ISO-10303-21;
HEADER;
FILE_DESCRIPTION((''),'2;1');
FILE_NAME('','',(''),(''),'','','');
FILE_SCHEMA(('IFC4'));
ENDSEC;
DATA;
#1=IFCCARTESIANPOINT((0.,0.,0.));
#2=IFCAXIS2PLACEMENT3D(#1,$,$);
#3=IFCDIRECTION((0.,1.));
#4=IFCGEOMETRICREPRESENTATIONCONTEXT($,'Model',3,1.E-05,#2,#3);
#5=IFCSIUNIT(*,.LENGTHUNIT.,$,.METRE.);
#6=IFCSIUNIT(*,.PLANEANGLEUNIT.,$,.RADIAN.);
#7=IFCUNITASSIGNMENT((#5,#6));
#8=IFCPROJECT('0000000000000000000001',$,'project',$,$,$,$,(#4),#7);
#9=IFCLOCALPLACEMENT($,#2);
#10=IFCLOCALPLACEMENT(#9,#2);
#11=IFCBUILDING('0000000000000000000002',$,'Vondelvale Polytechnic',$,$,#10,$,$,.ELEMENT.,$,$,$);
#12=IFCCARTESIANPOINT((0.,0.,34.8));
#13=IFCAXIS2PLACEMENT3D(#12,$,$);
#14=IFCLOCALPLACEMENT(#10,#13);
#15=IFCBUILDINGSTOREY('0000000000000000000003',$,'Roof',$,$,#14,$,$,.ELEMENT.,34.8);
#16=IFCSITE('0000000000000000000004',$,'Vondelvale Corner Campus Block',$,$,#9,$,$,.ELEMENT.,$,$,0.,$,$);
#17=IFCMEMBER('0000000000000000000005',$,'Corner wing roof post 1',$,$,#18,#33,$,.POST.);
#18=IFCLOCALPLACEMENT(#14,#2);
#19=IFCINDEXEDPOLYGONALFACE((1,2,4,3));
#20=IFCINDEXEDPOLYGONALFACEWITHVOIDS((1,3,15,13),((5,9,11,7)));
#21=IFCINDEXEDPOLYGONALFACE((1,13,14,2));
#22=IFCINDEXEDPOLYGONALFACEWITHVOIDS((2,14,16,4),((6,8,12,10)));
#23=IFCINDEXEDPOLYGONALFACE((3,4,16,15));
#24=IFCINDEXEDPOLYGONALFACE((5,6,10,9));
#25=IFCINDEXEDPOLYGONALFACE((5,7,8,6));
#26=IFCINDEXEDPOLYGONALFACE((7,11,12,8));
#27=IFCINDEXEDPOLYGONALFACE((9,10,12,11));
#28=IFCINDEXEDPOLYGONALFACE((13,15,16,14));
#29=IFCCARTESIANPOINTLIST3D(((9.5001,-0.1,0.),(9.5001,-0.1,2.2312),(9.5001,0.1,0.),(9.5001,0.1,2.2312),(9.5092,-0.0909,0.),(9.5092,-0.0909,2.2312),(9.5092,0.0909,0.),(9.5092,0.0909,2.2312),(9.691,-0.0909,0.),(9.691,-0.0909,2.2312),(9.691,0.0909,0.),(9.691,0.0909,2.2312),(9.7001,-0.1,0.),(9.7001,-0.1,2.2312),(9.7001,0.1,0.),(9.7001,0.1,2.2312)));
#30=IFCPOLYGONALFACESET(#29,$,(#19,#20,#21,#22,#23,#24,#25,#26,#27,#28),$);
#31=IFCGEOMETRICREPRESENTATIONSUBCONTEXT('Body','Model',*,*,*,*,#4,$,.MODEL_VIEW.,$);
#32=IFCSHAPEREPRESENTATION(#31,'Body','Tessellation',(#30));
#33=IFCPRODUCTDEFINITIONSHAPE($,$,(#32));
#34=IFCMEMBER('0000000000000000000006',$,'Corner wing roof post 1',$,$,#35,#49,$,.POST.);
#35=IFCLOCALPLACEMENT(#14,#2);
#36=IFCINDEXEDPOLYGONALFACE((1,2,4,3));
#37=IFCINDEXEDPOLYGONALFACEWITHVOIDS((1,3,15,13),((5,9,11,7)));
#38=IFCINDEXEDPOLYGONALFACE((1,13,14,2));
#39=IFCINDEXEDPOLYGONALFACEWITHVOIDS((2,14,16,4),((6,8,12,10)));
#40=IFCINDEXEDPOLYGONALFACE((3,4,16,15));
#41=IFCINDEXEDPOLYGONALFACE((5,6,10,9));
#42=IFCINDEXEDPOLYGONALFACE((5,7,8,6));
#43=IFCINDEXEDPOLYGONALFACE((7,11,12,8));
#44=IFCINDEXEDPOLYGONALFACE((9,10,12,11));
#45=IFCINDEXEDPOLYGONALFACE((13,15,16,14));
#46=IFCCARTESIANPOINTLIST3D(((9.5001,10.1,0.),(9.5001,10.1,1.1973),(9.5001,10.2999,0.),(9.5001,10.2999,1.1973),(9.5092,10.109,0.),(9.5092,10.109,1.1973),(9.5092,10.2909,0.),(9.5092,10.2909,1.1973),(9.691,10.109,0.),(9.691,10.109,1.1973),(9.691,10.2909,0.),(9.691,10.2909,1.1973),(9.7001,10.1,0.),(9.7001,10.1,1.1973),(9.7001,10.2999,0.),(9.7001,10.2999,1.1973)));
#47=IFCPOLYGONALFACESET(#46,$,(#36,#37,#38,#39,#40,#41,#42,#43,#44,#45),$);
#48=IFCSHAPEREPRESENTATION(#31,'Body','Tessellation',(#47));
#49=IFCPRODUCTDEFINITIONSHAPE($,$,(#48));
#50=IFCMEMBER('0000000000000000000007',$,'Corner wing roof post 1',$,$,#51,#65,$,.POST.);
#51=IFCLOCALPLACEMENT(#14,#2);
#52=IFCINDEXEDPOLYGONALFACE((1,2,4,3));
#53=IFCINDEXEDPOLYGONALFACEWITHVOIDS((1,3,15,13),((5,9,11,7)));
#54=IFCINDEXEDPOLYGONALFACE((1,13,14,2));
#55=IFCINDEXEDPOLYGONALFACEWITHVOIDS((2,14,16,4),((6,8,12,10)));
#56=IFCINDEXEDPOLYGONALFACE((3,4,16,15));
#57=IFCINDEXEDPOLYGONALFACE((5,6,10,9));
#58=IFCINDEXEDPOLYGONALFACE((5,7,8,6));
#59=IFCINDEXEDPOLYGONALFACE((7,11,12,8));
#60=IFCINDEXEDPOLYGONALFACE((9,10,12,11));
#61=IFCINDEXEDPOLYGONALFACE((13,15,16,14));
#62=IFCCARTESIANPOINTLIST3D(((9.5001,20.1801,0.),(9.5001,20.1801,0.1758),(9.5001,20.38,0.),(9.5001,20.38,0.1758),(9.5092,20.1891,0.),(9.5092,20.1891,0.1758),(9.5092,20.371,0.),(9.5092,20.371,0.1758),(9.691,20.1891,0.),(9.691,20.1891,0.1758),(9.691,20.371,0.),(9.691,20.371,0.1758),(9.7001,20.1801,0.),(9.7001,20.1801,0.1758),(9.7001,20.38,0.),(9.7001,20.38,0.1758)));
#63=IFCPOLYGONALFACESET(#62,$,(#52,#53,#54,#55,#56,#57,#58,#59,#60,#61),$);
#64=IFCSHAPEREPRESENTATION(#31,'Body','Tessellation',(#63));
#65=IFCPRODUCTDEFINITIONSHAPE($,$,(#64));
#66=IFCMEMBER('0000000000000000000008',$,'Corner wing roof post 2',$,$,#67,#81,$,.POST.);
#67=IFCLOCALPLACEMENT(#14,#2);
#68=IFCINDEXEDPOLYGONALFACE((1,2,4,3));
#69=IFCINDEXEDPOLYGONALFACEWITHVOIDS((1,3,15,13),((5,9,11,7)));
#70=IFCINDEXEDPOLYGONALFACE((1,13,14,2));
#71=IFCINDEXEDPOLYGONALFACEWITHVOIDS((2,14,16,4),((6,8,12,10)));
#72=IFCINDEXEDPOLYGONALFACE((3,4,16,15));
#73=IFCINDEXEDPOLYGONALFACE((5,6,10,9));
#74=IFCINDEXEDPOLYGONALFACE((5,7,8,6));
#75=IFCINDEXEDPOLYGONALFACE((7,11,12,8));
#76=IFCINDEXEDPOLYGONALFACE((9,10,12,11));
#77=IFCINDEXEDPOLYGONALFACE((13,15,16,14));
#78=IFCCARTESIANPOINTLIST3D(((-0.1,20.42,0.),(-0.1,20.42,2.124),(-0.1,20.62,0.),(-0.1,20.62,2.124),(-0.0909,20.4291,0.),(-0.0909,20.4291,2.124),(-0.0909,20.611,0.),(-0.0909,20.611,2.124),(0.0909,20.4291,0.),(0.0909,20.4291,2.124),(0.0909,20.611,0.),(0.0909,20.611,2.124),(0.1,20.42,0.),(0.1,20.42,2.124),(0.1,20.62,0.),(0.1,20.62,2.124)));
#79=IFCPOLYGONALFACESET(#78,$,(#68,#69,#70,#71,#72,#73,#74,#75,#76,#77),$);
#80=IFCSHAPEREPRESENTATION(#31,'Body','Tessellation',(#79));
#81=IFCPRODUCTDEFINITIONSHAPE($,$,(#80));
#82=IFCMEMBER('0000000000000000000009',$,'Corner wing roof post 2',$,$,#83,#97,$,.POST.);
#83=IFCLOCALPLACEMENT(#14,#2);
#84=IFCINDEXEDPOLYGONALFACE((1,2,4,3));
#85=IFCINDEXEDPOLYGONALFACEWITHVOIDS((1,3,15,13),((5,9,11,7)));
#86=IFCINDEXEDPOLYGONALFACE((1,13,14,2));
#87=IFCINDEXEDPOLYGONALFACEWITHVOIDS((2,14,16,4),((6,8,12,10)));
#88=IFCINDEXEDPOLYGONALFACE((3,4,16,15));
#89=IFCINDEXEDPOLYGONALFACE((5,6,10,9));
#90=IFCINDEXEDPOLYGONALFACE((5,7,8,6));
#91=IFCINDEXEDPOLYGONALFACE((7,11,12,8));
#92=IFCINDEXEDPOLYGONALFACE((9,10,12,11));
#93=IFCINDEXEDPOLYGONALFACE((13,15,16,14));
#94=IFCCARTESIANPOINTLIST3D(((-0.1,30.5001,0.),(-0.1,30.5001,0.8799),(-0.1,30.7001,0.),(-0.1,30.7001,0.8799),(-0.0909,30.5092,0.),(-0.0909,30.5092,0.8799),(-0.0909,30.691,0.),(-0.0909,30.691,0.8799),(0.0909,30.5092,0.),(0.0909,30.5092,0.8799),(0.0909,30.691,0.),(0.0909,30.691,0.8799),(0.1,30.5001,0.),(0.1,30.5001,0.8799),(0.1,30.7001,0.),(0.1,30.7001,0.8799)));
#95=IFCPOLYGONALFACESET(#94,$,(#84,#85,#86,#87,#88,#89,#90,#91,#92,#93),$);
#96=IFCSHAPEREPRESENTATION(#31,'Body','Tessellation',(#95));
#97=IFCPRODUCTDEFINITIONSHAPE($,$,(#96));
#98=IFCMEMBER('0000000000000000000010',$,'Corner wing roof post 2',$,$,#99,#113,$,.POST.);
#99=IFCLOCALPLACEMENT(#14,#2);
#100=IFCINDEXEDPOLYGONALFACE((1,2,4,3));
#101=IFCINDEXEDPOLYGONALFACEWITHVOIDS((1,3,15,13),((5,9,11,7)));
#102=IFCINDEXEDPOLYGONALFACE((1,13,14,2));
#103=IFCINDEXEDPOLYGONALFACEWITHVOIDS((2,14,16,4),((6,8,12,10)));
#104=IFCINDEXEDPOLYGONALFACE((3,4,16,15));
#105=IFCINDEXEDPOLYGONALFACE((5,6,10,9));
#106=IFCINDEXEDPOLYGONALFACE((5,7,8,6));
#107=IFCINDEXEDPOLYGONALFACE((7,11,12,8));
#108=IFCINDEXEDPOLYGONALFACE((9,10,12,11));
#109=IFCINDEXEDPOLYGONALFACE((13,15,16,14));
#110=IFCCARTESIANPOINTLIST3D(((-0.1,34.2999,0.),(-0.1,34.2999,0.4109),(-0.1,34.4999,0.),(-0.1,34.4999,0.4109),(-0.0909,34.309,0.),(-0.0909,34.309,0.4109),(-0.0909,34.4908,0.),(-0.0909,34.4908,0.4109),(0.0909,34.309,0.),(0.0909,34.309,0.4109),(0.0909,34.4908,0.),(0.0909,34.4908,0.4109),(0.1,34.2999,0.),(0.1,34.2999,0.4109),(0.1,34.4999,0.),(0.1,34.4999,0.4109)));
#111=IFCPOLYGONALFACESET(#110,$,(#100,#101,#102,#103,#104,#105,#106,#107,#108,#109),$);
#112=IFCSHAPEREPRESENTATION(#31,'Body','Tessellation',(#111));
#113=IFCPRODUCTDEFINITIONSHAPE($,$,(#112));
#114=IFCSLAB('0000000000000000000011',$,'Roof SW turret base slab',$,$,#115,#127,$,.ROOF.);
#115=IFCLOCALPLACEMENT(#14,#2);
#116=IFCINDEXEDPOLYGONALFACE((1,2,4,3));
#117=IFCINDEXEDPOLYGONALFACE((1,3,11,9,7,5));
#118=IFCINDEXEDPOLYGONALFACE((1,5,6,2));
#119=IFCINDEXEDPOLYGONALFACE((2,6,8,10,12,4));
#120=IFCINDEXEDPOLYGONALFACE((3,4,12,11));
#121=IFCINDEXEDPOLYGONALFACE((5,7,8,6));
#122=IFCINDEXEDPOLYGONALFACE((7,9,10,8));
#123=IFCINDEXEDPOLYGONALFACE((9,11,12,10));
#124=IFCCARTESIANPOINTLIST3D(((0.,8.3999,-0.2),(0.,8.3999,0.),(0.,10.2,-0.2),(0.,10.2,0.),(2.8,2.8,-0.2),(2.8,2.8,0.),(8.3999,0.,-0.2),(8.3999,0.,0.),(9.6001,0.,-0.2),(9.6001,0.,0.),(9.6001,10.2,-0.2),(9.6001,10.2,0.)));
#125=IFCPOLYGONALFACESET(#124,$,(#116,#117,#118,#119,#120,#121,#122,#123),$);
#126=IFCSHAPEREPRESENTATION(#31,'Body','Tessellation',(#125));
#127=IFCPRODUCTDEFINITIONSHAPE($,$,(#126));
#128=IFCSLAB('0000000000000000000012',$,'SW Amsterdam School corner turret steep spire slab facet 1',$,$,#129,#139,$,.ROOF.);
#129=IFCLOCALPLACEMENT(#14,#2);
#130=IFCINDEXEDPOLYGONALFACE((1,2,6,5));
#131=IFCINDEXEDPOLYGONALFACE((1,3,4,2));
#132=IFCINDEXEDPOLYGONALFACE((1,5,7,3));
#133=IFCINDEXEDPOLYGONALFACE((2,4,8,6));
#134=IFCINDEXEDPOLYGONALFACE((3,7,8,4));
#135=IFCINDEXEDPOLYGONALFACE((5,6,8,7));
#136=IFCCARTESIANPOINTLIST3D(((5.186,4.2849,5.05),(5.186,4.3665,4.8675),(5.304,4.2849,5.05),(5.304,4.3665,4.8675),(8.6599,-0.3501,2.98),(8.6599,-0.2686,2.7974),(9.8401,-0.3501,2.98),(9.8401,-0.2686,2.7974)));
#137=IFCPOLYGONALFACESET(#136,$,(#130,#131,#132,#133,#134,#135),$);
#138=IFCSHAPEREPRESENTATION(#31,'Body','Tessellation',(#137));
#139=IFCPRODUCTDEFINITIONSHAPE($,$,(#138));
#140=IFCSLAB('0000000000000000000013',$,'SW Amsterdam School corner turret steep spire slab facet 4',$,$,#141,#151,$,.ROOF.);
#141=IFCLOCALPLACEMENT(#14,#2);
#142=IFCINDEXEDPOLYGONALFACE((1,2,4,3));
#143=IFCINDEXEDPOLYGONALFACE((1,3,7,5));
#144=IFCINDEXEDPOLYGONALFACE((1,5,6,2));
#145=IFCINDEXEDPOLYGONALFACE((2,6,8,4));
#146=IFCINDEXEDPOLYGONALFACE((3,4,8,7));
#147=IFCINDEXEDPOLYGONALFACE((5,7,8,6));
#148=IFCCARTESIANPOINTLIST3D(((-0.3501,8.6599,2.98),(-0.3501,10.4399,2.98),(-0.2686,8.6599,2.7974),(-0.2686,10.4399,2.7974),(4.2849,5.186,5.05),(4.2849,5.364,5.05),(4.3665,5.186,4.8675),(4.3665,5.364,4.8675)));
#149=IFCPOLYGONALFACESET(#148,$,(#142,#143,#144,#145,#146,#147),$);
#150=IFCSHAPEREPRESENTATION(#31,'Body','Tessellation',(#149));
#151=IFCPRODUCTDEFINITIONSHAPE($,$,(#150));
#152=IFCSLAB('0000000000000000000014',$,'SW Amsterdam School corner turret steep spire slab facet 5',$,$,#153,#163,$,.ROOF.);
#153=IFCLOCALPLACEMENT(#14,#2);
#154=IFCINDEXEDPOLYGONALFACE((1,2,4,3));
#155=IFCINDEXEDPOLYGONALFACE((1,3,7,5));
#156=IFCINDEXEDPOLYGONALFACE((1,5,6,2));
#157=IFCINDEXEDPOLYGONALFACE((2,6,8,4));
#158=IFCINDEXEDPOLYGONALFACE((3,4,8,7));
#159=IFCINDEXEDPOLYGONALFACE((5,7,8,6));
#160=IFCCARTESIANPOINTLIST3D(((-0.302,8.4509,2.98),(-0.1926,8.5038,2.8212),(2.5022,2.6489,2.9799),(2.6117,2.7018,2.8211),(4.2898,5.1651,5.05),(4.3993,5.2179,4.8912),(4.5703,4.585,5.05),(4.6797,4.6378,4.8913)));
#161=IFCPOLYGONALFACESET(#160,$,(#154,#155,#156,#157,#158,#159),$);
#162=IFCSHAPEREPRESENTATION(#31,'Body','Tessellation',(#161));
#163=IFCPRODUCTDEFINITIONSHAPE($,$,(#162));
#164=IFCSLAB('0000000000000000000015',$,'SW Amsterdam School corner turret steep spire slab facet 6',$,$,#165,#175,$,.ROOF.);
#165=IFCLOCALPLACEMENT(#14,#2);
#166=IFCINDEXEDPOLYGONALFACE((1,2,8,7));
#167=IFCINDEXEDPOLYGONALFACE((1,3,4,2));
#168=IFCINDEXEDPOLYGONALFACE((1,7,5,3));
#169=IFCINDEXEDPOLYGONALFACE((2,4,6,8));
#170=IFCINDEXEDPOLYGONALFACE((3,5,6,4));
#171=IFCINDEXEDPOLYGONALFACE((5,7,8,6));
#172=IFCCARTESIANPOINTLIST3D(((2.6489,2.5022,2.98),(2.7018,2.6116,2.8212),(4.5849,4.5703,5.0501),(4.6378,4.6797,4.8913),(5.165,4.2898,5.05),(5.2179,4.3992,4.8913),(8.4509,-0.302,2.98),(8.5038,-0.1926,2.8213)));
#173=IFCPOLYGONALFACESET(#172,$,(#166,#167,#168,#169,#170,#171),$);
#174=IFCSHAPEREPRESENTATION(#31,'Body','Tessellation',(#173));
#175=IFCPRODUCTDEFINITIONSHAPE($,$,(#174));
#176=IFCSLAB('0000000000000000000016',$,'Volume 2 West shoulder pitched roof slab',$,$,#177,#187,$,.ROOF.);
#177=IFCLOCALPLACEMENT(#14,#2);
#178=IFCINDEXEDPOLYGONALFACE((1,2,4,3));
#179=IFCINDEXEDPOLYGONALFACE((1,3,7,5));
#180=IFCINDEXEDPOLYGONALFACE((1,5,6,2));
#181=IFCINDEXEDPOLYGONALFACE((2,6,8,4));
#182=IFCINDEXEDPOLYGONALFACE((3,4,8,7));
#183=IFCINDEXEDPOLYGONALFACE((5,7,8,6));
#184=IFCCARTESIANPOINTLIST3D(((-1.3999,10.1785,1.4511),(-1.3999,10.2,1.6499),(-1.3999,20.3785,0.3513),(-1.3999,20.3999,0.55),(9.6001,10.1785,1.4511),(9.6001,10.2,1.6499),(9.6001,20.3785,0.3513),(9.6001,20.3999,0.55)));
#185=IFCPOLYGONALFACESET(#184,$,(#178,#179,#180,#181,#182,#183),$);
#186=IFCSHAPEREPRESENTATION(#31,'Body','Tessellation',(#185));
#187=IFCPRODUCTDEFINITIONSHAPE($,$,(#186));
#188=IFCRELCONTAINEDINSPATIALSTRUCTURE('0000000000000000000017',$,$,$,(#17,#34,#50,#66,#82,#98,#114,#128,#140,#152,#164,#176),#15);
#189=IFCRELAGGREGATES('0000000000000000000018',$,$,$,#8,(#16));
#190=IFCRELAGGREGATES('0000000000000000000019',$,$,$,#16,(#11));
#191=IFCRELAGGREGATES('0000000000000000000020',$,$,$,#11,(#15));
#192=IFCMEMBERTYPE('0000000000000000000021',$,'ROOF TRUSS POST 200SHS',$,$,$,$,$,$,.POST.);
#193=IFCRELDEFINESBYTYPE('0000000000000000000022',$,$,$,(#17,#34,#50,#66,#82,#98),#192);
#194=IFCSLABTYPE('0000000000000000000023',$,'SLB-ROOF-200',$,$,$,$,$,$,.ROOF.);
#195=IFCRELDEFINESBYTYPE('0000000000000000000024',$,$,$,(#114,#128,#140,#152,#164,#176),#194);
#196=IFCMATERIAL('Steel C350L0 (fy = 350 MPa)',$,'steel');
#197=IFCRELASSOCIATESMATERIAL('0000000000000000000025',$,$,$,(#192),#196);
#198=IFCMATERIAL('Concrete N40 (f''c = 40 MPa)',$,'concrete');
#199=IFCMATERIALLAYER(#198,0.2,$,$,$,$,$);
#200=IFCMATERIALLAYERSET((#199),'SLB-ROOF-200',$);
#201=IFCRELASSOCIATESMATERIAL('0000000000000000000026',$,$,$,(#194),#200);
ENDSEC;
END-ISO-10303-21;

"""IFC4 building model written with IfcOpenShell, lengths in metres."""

from ifc_helpers import new_model, si_unit, direction, frame, origin, origin_2d, place, context, subcontext, project, spatial, polyline, hollow_rectangle, outline, extrude, material, layer, layer_set, material_profile, profile_set, type_object, element, save


model = new_model("IFC4")

# Units and contexts
model_context = context("Model", 3, precision=1e-05, world=origin(), true_north=direction((0.0, 1.0)))
body_context = subcontext(model_context, "Body", "Model", "MODEL_VIEW")
ifc_project = project(units=[si_unit("LENGTHUNIT", "METRE"), si_unit("PLANEANGLEUNIT", "RADIAN")], contexts=[model_context])

# Site, building, storey
site_placement = place(None, origin())
site = spatial("IfcSite", under=ifc_project, at=site_placement, Name="Vondelvale Corner Campus Block", CompositionType="ELEMENT", RefElevation=0.0)
building_placement = place(site_placement, origin())
building = spatial("IfcBuilding", under=site, at=building_placement, Name="Vondelvale Polytechnic", CompositionType="ELEMENT")
storey_placement = place(building_placement, frame((0.0, 0.0, 34.8)))
storey = spatial("IfcBuildingStorey", under=building, at=storey_placement, Name="Roof", CompositionType="ELEMENT", Elevation=34.8)

# Shared definitions
ifc_material_1 = material(Name="Concrete N40 (f'c = 40 MPa)", Category="concrete")

# Members
ifc_material_2 = material(Name="Steel C350L0 (fy = 350 MPa)", Category="steel")
ifc_material_profile_1 = material_profile(ifc_material_2, hollow_rectangle(XDim=0.2, YDim=0.2, WallThickness=0.009, at=origin_2d()), Name="200x200x9.0SHS")
ifc_profile_set_1 = profile_set([ifc_material_profile_1], Name="Steel C350L0 (fy = 350 MPa)")
member_type_1 = type_object("IfcMemberType", Name="ROOF TRUSS POST 200SHS", PredefinedType="POST", material=ifc_profile_set_1)
member_1_placement = place(storey_placement, frame((9.6001, 0.0, 0.0), z_axis=(0.0, 0.0, 1.0), x_axis=(1.0, 0.0, 0.0)))
element("IfcMember", 1, at=member_1_placement, inside=storey, type_object=member_type_1, Name="Corner wing roof post 1", PredefinedType="POST", context=body_context, shape_type="SweptSolid", body=[
    extrude(hollow_rectangle(XDim=0.2, YDim=0.2, WallThickness=0.009, at=origin_2d()), origin(), (0.0, 0.0, 1.0), 2.2312),
])
member_2_placement = place(storey_placement, frame((9.6001, 10.2, 0.0), z_axis=(0.0, 0.0, 1.0), x_axis=(1.0, 0.0, 0.0)))
element("IfcMember", 2, at=member_2_placement, inside=storey, type_object=member_type_1, Name="Corner wing roof post 1", PredefinedType="POST", context=body_context, shape_type="SweptSolid", body=[
    extrude(hollow_rectangle(XDim=0.2, YDim=0.2, WallThickness=0.009, at=origin_2d()), origin(), (0.0, 0.0, 1.0), 1.1973),
])
member_3_placement = place(storey_placement, frame((9.6001, 20.28, 0.0), z_axis=(0.0, 0.0, 1.0), x_axis=(1.0, 0.0, 0.0)))
element("IfcMember", 3, at=member_3_placement, inside=storey, type_object=member_type_1, Name="Corner wing roof post 1", PredefinedType="POST", context=body_context, shape_type="SweptSolid", body=[
    extrude(hollow_rectangle(XDim=0.2, YDim=0.2, WallThickness=0.009, at=origin_2d()), origin(), (0.0, 0.0, 1.0), 0.1758),
])
member_4_placement = place(storey_placement, frame((0.0, 20.52, 0.0), z_axis=(0.0, 0.0, 1.0), x_axis=(1.0, 0.0, 0.0)))
element("IfcMember", 4, at=member_4_placement, inside=storey, type_object=member_type_1, Name="Corner wing roof post 2", PredefinedType="POST", context=body_context, shape_type="SweptSolid", body=[
    extrude(hollow_rectangle(XDim=0.2, YDim=0.2, WallThickness=0.009, at=origin_2d()), origin(), (0.0, 0.0, 1.0), 2.124),
])
member_5_placement = place(storey_placement, frame((0.0, 30.6001, 0.0), z_axis=(0.0, 0.0, 1.0), x_axis=(1.0, 0.0, 0.0)))
element("IfcMember", 5, at=member_5_placement, inside=storey, type_object=member_type_1, Name="Corner wing roof post 2", PredefinedType="POST", context=body_context, shape_type="SweptSolid", body=[
    extrude(hollow_rectangle(XDim=0.2, YDim=0.2, WallThickness=0.009, at=origin_2d()), origin(), (0.0, 0.0, 1.0), 0.8799),
])
member_6_placement = place(storey_placement, frame((0.0, 34.3999, 0.0), z_axis=(0.0, 0.0, 1.0), x_axis=(1.0, 0.0, 0.0)))
element("IfcMember", 6, at=member_6_placement, inside=storey, type_object=member_type_1, Name="Corner wing roof post 2", PredefinedType="POST", context=body_context, shape_type="SweptSolid", body=[
    extrude(hollow_rectangle(XDim=0.2, YDim=0.2, WallThickness=0.009, at=origin_2d()), origin(), (0.0, 0.0, 1.0), 0.4109),
])

# Slabs
ifc_layer_1 = layer(ifc_material_1, 0.2)
ifc_layer_set_1 = layer_set([ifc_layer_1], Name="SLB-ROOF-200")
slab_type = type_object("IfcSlabType", Name="SLB-ROOF-200", PredefinedType="ROOF", material=ifc_layer_set_1)
slab_1_placement = place(storey_placement, frame((0.0, 0.0, -0.2)))
element("IfcSlab", 7, at=slab_1_placement, inside=storey, type_object=slab_type, Name="Roof SW turret base slab", PredefinedType="ROOF", context=body_context, shape_type="SweptSolid", body=[
    extrude(outline(polyline([(8.3999, 0.0), (9.6001, 0.0), (9.6001, 10.2), (0.0, 10.2), (0.0, 8.3999), (2.8, 2.8), (8.3999, 0.0)])), origin(), (0.0, 0.0, 1.0), 0.2),
])
slab_2_placement = place(storey_placement, frame((8.6599, -0.3501, 2.98), z_axis=(0.0, -0.407793, 0.913074), x_axis=(1.0, 0.0, 0.0)))
element("IfcSlab", 8, at=slab_2_placement, inside=storey, type_object=slab_type, Name="SW Amsterdam School corner turret steep spire slab facet 1", PredefinedType="ROOF", context=body_context, shape_type="SweptSolid", body=[
    extrude(outline(polyline([(0.0, 0.0), (1.1802, 0.0), (-3.356, 5.0763), (-3.4739, 5.0763), (0.0, 0.0)])), origin(), (0.0, 0.0, -1.0), 0.2),
])
slab_3_placement = place(storey_placement, frame((-0.3501, 10.4399, 2.98), z_axis=(-0.407793, 0.0, 0.913074), x_axis=(0.0, -1.0, 0.0)))
element("IfcSlab", 9, at=slab_3_placement, inside=storey, type_object=slab_type, Name="SW Amsterdam School corner turret steep spire slab facet 4", PredefinedType="ROOF", context=body_context, shape_type="SweptSolid", body=[
    extrude(outline(polyline([(0.0, 0.0), (1.78, 0.0), (5.2539, 5.0763), (5.0759, 5.0763), (0.0, 0.0)])), origin(), (0.0, 0.0, -1.0), 0.2),
])
slab_4_placement = place(storey_placement, frame((-0.302, 8.4509, 2.98), z_axis=(-0.547248, -0.264507, 0.794075), x_axis=(0.435162, -0.900352, -0.00001)))
element("IfcSlab", 10, at=slab_4_placement, inside=storey, type_object=slab_type, Name="SW Amsterdam School corner turret steep spire slab facet 5", PredefinedType="ROOF", context=body_context, shape_type="SweptSolid", body=[
    extrude(outline(polyline([(0.0, 0.0), (6.4441, 0.0), (5.601, 3.4058), (4.9566, 3.4057), (0.0, 0.0)])), origin(), (0.0, 0.0, -1.0), 0.2),
])
slab_5_placement = place(storey_placement, frame((2.6489, 2.5022, 2.98), z_axis=(-0.264507, -0.547248, 0.794075), x_axis=(0.900352, -0.435162, 0.00001)))
element("IfcSlab", 11, at=slab_5_placement, inside=storey, type_object=slab_type, Name="SW Amsterdam School corner turret steep spire slab facet 6", PredefinedType="ROOF", context=body_context, shape_type="SweptSolid", body=[
    extrude(outline(polyline([(0.0, 0.0), (6.4441, 0.0), (1.4875, 3.4057), (0.8432, 3.4058), (0.0, 0.0)])), origin(), (0.0, 0.0, -1.0), 0.2),
])
slab_6_placement = place(storey_placement, frame((-1.3999, 10.2, 1.6499), z_axis=(0.0, 0.107208, 0.994237), x_axis=(1.0, 0.0, 0.0)))
element("IfcSlab", 12, at=slab_6_placement, inside=storey, type_object=slab_type, Name="Volume 2 West shoulder pitched roof slab", PredefinedType="ROOF", context=body_context, shape_type="SweptSolid", body=[
    extrude(outline(polyline([(0.0, 0.0), (11.0, 0.0), (11.0, 10.2591), (0.0, 10.2591), (0.0, 0.0)])), origin(), (0.0, 0.0, -1.0), 0.2),
])

save(model, "model.ifc")
